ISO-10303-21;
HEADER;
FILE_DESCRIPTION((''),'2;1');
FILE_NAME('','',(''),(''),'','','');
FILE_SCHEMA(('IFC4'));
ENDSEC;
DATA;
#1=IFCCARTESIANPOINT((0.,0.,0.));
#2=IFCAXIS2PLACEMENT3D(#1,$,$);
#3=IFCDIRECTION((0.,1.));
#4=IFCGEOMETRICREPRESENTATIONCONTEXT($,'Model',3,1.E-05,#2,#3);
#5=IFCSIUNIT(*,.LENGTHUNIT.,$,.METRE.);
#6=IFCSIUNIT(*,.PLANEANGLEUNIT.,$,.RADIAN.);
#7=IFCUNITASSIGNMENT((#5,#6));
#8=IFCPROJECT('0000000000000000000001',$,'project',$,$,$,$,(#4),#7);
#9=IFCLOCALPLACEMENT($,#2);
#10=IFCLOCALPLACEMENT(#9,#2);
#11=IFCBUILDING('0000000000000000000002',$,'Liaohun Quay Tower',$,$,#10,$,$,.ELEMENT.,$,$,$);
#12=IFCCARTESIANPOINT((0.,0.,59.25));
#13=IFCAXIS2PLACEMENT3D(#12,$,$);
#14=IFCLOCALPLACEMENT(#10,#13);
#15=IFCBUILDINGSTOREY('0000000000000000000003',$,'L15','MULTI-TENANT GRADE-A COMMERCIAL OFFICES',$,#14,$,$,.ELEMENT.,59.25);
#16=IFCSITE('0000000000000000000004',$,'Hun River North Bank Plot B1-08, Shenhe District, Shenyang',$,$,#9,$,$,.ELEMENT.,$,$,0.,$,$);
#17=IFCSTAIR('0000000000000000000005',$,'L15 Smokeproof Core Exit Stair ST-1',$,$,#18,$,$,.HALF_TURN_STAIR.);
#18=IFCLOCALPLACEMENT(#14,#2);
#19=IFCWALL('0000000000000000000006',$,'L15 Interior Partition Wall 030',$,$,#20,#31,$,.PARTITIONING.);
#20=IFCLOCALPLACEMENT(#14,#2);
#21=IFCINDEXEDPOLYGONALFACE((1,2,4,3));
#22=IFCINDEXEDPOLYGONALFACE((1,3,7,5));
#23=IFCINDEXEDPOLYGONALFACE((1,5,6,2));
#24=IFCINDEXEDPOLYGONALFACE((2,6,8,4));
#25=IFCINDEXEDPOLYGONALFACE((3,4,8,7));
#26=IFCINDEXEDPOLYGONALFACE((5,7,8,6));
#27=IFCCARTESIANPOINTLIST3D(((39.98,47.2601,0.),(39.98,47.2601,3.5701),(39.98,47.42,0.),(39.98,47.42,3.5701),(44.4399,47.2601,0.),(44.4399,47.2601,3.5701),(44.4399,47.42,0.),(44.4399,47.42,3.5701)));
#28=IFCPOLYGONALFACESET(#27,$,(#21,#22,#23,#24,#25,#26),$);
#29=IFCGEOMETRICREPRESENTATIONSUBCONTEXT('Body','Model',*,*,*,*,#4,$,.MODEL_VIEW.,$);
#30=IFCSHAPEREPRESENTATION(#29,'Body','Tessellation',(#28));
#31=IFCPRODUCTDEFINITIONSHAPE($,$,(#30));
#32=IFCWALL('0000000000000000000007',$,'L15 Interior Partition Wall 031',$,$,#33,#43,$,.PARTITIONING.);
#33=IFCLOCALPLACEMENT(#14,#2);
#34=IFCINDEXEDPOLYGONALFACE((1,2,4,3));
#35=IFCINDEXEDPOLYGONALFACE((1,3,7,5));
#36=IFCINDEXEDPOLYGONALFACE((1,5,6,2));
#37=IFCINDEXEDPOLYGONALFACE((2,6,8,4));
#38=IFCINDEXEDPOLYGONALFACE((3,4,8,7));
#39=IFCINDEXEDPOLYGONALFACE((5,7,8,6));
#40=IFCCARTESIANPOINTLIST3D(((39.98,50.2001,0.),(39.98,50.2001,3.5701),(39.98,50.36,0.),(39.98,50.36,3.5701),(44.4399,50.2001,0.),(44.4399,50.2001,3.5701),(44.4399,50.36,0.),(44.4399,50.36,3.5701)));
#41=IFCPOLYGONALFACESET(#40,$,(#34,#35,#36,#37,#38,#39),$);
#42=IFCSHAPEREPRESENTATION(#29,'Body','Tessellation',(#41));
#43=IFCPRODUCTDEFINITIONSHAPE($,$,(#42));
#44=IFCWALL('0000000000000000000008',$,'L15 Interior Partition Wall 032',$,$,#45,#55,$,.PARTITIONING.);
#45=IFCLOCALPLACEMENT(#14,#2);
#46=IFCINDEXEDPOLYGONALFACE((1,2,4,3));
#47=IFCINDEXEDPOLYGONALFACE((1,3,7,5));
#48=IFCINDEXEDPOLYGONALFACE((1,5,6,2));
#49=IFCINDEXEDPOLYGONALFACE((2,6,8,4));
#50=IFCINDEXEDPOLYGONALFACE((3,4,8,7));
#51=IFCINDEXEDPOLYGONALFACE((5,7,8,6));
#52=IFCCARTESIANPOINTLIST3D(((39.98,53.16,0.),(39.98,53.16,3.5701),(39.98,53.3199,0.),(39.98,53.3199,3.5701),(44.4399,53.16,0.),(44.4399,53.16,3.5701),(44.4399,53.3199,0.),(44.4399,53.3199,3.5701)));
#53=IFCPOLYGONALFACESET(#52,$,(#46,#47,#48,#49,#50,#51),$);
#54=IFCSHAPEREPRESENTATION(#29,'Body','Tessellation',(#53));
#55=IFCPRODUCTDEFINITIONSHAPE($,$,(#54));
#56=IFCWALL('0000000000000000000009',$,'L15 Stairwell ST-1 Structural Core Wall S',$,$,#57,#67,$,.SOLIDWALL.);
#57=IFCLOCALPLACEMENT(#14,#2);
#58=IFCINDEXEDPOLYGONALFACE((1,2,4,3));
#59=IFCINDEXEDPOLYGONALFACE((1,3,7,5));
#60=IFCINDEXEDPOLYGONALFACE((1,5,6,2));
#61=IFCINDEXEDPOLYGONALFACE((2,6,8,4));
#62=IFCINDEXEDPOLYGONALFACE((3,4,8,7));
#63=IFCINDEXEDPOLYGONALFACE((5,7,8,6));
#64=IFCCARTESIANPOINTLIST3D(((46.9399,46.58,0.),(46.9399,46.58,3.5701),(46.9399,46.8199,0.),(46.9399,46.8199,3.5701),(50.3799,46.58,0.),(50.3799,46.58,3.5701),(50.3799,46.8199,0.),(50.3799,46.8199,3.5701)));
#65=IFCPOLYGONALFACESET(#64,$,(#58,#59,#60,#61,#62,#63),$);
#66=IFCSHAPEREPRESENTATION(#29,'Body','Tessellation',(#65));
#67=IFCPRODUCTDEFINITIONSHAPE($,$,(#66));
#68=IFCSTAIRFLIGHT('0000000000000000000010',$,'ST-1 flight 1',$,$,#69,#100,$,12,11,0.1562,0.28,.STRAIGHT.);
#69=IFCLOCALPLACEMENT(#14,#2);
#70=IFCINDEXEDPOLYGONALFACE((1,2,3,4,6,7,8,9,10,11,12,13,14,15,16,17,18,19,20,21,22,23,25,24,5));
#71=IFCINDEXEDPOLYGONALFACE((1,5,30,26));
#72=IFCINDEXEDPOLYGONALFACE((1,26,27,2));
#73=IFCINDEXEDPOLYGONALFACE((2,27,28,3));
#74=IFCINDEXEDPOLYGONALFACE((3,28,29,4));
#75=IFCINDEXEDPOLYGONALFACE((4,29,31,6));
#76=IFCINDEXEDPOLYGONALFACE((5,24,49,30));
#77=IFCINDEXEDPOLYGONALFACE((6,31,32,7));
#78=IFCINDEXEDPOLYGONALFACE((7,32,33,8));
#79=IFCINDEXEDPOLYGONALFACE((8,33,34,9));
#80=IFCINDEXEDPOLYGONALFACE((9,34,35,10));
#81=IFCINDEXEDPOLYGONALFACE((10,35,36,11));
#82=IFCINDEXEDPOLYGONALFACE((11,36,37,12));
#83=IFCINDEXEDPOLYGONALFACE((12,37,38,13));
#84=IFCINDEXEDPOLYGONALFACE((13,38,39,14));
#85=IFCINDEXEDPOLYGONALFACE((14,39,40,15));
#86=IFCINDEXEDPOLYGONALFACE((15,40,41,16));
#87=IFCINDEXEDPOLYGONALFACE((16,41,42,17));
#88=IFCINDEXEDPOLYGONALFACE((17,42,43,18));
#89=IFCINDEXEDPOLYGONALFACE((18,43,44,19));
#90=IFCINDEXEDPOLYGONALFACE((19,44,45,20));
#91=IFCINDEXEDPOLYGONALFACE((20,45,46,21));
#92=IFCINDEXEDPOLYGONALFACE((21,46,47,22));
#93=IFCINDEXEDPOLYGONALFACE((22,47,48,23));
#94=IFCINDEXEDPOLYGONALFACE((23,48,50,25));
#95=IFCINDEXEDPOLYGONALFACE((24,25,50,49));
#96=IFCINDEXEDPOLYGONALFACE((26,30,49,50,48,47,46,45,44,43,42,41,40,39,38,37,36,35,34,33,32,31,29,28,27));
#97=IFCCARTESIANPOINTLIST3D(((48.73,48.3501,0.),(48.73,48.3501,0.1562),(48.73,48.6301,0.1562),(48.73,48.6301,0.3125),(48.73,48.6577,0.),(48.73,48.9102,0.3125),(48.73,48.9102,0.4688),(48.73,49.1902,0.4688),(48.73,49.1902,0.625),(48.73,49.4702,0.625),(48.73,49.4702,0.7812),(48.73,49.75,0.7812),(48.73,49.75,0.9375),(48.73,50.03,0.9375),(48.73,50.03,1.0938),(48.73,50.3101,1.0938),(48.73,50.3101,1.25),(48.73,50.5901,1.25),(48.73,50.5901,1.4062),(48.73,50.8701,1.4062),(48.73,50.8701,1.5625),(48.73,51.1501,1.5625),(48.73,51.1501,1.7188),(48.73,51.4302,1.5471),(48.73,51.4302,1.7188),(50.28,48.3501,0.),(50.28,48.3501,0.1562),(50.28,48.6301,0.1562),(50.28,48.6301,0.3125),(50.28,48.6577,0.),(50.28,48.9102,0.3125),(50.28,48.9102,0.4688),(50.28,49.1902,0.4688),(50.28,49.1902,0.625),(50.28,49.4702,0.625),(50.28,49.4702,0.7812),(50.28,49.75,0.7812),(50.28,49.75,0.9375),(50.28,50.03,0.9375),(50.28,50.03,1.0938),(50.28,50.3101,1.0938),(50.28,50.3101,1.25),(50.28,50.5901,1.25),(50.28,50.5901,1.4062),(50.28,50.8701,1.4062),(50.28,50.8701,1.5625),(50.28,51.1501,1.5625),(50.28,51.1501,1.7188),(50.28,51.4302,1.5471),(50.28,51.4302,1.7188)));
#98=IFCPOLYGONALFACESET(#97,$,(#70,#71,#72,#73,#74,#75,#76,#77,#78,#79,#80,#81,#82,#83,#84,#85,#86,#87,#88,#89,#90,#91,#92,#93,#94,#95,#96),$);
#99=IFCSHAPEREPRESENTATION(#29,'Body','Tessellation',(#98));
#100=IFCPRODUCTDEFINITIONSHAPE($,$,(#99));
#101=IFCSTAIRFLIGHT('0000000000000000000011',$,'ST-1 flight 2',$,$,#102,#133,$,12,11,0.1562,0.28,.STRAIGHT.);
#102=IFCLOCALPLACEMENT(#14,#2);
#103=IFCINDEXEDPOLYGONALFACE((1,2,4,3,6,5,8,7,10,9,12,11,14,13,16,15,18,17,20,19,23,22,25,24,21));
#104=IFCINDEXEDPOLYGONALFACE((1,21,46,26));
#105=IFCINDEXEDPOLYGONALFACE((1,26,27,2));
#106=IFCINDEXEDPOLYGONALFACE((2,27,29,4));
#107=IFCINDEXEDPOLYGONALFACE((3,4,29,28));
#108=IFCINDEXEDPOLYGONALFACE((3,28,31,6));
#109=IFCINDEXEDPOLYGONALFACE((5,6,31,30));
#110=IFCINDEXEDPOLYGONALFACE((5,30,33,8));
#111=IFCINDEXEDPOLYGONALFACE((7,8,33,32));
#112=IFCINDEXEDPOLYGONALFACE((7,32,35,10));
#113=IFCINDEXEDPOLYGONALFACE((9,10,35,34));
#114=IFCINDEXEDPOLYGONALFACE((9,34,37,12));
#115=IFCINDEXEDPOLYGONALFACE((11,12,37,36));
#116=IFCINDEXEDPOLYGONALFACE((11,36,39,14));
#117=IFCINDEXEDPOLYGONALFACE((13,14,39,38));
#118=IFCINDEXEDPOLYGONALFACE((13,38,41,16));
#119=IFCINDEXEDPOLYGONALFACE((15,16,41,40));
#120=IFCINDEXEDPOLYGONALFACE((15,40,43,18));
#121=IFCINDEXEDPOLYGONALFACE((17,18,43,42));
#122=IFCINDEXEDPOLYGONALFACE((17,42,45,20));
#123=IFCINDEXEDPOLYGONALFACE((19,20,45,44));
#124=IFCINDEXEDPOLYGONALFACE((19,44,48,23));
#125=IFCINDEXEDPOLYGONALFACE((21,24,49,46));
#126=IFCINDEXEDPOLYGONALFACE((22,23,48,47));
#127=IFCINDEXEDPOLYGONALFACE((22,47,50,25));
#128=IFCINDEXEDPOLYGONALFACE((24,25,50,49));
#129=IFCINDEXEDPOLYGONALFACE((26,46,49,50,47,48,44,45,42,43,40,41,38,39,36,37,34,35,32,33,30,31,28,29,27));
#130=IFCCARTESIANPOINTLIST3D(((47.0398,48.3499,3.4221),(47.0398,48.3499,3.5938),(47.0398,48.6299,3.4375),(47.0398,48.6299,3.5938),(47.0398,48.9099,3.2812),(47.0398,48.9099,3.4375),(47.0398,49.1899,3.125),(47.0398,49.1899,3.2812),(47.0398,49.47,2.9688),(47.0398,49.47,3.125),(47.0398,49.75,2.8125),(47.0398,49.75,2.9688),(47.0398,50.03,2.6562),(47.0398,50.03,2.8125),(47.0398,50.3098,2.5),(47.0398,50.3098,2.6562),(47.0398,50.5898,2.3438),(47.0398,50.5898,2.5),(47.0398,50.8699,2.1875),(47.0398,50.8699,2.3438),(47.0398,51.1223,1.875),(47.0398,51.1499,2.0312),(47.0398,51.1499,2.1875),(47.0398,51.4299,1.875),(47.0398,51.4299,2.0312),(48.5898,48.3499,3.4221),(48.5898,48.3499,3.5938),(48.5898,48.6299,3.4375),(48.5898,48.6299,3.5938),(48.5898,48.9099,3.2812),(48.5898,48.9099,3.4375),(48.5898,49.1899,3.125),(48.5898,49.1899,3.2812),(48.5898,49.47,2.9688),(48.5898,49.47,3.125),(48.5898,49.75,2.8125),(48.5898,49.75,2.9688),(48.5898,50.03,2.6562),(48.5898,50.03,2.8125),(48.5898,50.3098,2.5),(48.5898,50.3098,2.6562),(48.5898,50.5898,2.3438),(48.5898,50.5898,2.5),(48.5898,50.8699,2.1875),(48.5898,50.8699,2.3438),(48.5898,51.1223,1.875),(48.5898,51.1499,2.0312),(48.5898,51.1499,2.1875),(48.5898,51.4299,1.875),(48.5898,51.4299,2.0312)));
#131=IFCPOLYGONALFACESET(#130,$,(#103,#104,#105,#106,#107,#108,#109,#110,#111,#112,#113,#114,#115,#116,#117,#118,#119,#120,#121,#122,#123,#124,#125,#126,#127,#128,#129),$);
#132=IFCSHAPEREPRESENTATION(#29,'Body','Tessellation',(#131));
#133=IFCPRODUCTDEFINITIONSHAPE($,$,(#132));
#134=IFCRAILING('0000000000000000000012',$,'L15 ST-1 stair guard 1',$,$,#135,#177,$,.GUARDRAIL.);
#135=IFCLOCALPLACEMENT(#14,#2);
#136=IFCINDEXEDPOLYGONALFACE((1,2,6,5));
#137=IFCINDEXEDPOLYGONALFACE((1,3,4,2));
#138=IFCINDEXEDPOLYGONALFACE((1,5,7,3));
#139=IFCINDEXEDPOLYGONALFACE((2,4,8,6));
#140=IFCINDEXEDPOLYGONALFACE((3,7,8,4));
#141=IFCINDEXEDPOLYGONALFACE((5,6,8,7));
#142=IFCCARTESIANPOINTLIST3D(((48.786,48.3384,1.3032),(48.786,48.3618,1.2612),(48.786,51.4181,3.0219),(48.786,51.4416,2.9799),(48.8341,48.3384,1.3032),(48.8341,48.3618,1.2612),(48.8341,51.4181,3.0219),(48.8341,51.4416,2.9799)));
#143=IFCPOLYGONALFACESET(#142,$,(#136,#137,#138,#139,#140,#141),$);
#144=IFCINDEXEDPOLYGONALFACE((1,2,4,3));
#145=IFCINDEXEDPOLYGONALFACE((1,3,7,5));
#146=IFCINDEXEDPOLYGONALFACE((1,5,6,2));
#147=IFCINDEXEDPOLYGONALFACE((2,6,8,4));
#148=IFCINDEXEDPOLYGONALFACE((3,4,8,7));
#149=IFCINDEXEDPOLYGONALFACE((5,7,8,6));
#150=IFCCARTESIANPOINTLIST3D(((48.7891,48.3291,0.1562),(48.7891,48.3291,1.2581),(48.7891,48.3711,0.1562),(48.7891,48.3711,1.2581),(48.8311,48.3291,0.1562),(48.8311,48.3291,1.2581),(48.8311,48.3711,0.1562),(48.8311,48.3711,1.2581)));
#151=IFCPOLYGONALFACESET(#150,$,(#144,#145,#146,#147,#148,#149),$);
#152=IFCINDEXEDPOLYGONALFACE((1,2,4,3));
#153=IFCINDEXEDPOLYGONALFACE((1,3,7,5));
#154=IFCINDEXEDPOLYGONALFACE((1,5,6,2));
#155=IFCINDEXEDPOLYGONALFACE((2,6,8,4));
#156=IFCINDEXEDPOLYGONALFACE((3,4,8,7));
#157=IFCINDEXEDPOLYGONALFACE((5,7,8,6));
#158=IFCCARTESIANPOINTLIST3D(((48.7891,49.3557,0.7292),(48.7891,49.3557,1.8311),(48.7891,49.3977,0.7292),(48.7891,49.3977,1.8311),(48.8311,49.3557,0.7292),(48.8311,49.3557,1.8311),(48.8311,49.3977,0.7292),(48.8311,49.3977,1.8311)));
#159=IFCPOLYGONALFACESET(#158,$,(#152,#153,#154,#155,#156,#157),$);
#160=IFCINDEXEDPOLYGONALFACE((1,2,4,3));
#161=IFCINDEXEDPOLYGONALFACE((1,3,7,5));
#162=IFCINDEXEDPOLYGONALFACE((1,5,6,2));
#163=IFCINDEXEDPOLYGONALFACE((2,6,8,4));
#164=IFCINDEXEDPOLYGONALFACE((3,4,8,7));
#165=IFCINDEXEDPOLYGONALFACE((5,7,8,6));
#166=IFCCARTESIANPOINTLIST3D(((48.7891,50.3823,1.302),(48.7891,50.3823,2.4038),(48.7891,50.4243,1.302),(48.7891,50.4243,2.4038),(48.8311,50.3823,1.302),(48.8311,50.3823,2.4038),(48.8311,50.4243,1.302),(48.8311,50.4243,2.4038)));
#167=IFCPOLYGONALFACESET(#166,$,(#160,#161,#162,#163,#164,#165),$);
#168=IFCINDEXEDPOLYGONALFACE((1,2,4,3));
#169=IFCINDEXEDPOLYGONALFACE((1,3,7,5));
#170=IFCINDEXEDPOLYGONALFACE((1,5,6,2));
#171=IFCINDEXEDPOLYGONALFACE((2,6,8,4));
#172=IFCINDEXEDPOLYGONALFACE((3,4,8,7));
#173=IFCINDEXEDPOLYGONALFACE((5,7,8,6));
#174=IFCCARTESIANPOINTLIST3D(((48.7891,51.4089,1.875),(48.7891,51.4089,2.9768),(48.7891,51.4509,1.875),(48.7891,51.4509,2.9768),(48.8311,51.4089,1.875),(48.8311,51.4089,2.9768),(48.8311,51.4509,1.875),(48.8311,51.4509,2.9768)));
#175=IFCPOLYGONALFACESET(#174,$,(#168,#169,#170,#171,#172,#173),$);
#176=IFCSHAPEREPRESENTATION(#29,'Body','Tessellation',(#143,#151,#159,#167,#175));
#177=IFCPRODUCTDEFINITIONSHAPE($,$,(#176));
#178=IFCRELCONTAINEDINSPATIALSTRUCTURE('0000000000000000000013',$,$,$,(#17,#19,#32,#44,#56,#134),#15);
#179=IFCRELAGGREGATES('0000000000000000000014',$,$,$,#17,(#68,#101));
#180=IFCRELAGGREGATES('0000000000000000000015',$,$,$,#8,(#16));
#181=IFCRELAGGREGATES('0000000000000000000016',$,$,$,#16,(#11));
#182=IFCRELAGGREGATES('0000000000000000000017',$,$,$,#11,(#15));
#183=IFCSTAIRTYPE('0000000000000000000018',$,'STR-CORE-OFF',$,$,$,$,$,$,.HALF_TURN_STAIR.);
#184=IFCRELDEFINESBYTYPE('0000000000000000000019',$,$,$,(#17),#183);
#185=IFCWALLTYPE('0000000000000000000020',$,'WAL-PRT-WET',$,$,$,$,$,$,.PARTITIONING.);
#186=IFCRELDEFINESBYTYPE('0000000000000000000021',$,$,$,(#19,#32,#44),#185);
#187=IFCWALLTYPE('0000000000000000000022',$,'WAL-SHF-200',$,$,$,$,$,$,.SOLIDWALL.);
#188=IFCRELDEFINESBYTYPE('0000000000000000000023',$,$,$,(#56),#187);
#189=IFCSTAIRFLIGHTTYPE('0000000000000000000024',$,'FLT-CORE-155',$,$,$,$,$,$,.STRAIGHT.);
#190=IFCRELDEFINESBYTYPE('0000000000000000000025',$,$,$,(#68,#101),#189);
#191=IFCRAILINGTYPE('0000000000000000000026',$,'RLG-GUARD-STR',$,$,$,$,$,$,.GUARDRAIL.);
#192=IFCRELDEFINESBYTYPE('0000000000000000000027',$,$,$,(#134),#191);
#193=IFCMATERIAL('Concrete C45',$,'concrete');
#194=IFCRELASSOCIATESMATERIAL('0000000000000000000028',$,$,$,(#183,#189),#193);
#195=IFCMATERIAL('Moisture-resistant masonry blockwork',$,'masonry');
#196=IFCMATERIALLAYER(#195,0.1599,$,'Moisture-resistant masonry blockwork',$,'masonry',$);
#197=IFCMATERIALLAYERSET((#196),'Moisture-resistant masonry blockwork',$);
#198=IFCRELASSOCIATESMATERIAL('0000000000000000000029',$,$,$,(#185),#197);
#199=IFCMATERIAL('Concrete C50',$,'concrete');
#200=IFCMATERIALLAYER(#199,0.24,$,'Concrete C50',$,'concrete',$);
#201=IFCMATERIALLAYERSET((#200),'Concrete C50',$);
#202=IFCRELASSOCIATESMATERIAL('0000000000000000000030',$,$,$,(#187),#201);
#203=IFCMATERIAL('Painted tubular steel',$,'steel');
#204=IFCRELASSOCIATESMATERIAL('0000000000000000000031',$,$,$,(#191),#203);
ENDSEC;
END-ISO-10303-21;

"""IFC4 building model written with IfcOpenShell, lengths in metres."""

from ifc_helpers import new_model, si_unit, direction, frame, frame_2d, origin, origin_2d, place, context, subcontext, project, spatial, polyline, rectangle, outline, extrude, material, layer, layer_set, type_object, element, aggregate, save


model = new_model("IFC4")

# Units and contexts
model_context = context("Model", 3, precision=1e-05, world=origin(), true_north=direction((0.0, 1.0)))
body_context = subcontext(model_context, "Body", "Model", "MODEL_VIEW")
ifc_project = project(units=[si_unit("LENGTHUNIT", "METRE"), si_unit("PLANEANGLEUNIT", "RADIAN")], contexts=[model_context])

# Site, building, storey
site_placement = place(None, origin())
site = spatial("IfcSite", under=ifc_project, at=site_placement, Name="Hun River North Bank Plot B1-08, Shenhe District, Shenyang", CompositionType="ELEMENT", RefElevation=0.0)
building_placement = place(site_placement, origin())
building = spatial("IfcBuilding", under=site, at=building_placement, Name="Liaohun Quay Tower", CompositionType="ELEMENT")
storey_placement = place(building_placement, frame((0.0, 0.0, 59.25)))
storey = spatial("IfcBuildingStorey", under=building, at=storey_placement, Name="L15", Description="MULTI-TENANT GRADE-A COMMERCIAL OFFICES", CompositionType="ELEMENT", Elevation=59.25)

# Stair
ifc_material_1 = material(Name="Concrete C45", Category="concrete")
stair_type = type_object("IfcStairType", Name="STR-CORE-OFF", PredefinedType="HALF_TURN_STAIR", material=ifc_material_1)
stair_1_placement = place(storey_placement, origin())
stair_1 = element("IfcStair", 1, at=stair_1_placement, inside=storey, type_object=stair_type, Name="L15 Smokeproof Core Exit Stair ST-1", PredefinedType="HALF_TURN_STAIR")

# Shared definitions
ifc_material_2 = material(Name="Moisture-resistant masonry blockwork", Category="masonry")
ifc_layer_1 = layer(ifc_material_2, 0.1599, Name="Moisture-resistant masonry blockwork", Category="masonry")
ifc_layer_set_1 = layer_set([ifc_layer_1], Name="Moisture-resistant masonry blockwork")
wall_type_1 = type_object("IfcWallType", Name="WAL-PRT-WET", PredefinedType="PARTITIONING", material=ifc_layer_set_1)

# Walls
for number, where, z_axis, x_axis, name in (
    (2, (39.98, 47.3401, 0.0), (0.0, 0.0, 1.0), (1.0, 0.0, 0.0), "L15 Interior Partition Wall 030"),
    (3, (39.98, 50.28, 0.0), (0.0, 0.0, 1.0), (1.0, 0.0, 0.0), "L15 Interior Partition Wall 031"),
    (4, (39.98, 53.24, 0.0), (0.0, 0.0, 1.0), (1.0, 0.0, 0.0), "L15 Interior Partition Wall 032"),
):
    element("IfcWall", number, at=place(storey_placement, frame(where, z_axis=z_axis, x_axis=x_axis)), inside=storey, type_object=wall_type_1, Name=name, PredefinedType="PARTITIONING", context=body_context, shape_type="SweptSolid", body=[
        extrude(rectangle(XDim=4.46, YDim=0.1599, at=frame_2d((2.23, 0.0))), origin(), (0.0, 0.0, 1.0), 3.5701),
    ])
ifc_material_3 = material(Name="Concrete C50", Category="concrete")
ifc_layer_2 = layer(ifc_material_3, 0.24, Name="Concrete C50", Category="concrete")
ifc_layer_set_2 = layer_set([ifc_layer_2], Name="Concrete C50")
wall_type_2 = type_object("IfcWallType", Name="WAL-SHF-200", PredefinedType="SOLIDWALL", material=ifc_layer_set_2)
wall_1_placement = place(storey_placement, frame((46.9399, 46.7, 0.0), z_axis=(0.0, 0.0, 1.0), x_axis=(1.0, 0.0, 0.0)))
element("IfcWall", 5, at=wall_1_placement, inside=storey, type_object=wall_type_2, Name="L15 Stairwell ST-1 Structural Core Wall S", PredefinedType="SOLIDWALL", context=body_context, shape_type="SweptSolid", body=[
    extrude(rectangle(XDim=3.4399, YDim=0.24, at=frame_2d((1.72, 0.0))), origin(), (0.0, 0.0, 1.0), 3.5701),
])

# Stair flights
stair_flight_type = type_object("IfcStairFlightType", Name="FLT-CORE-155", PredefinedType="STRAIGHT", material=ifc_material_1)
stair_flight_1_placement = place(storey_placement, frame((49.5049, 48.3501, 0.0), z_axis=(0.0, 0.0, 1.0), x_axis=(0.0, 1.0, 0.0)))
stair_flight_1 = element("IfcStairFlight", 6, at=stair_flight_1_placement, type_object=stair_flight_type, Name="ST-1 flight 1", NumberOfRisers=12, NumberOfTreads=11, PredefinedType="STRAIGHT", RiserHeight=0.1562, TreadLength=0.28, context=body_context, shape_type="SweptSolid", body=[
    extrude(outline(polyline([(0.0, 0.0), (0.0, 0.1562), (0.28, 0.1562), (0.28, 0.3125), (0.5601, 0.3125), (0.5601, 0.4688), (0.8401, 0.4688), (0.8401, 0.625), (1.1201, 0.625), (1.1201, 0.7812), (1.3999, 0.7812), (1.3999, 0.9375), (1.6799, 0.9375), (1.6799, 1.0938), (1.96, 1.0938), (1.96, 1.25), (2.24, 1.25), (2.24, 1.4062), (2.52, 1.4062), (2.52, 1.5625), (2.8, 1.5625), (2.8, 1.7188), (3.0801, 1.7188), (3.0801, 1.875), (3.0801, 1.5471), (0.3076, 0.0), (0.0, 0.0)])), frame((0.0, 0.7749, 0.0), z_axis=(0.0, -1.0, 0.0), x_axis=(1.0, 0.0, 0.0)), (0.0, 0.0, 1.0), 1.55),
])
stair_flight_2_placement = place(storey_placement, frame((47.8149, 51.4299, 1.875), z_axis=(0.0, 0.0, 1.0), x_axis=(0.0, -1.0, 0.0)))
stair_flight_2 = element("IfcStairFlight", 7, at=stair_flight_2_placement, type_object=stair_flight_type, Name="ST-1 flight 2", NumberOfRisers=12, NumberOfTreads=11, PredefinedType="STRAIGHT", RiserHeight=0.1562, TreadLength=0.28, context=body_context, shape_type="SweptSolid", body=[
    extrude(outline(polyline([(0.0, 0.0), (0.0, 0.1562), (0.28, 0.1562), (0.28, 0.3125), (0.5601, 0.3125), (0.5601, 0.4688), (0.8401, 0.4688), (0.8401, 0.625), (1.1201, 0.625), (1.1201, 0.7812), (1.3999, 0.7812), (1.3999, 0.9375), (1.6799, 0.9375), (1.6799, 1.0938), (1.96, 1.0938), (1.96, 1.25), (2.24, 1.25), (2.24, 1.4062), (2.52, 1.4062), (2.52, 1.5625), (2.8, 1.5625), (2.8, 1.7188), (3.0801, 1.7188), (3.0801, 1.875), (3.0801, 1.5471), (0.3076, 0.0), (0.0, 0.0)])), frame((0.0, 0.7749, 0.0), z_axis=(0.0, -1.0, 0.0), x_axis=(1.0, 0.0, 0.0)), (0.0, 0.0, 1.0), 1.55),
])
aggregate(stair_1, [stair_flight_1, stair_flight_2])

# Railing
ifc_material_4 = material(Name="Painted tubular steel", Category="steel")
railing_type_1 = type_object("IfcRailingType", Name="RLG-GUARD-STR", PredefinedType="GUARDRAIL", material=ifc_material_4)
railing_1_placement = place(storey_placement, frame((48.8101, 48.3501, 0.1562)))
element("IfcRailing", 8, at=railing_1_placement, inside=storey, type_object=railing_type_1, Name="L15 ST-1 stair guard 1", PredefinedType="GUARDRAIL", context=body_context, shape_type="SweptSolid", body=[
    extrude(rectangle(XDim=0.0481, YDim=0.0481, at=origin_2d()), frame((0.0, 0.0, 1.126), z_axis=(0.0, 0.873225, 0.487317), x_axis=(-1.0, 0.0, 0.0)), (0.0, 0.0, 1.0), 3.5269),
    extrude(rectangle(XDim=0.042, YDim=0.042, at=origin_2d()), origin(), (0.0, 0.0, 1.0), 1.1018),
    extrude(rectangle(XDim=0.042, YDim=0.042, at=origin_2d()), frame((0.0, 1.0266, 0.573)), (0.0, 0.0, 1.0), 1.1018),
    extrude(rectangle(XDim=0.042, YDim=0.042, at=origin_2d()), frame((0.0, 2.0532, 1.1458)), (0.0, 0.0, 1.0), 1.1018),
    extrude(rectangle(XDim=0.042, YDim=0.042, at=origin_2d()), frame((0.0, 3.0798, 1.7188)), (0.0, 0.0, 1.0), 1.1018),
])

save(model, "model.ifc")
